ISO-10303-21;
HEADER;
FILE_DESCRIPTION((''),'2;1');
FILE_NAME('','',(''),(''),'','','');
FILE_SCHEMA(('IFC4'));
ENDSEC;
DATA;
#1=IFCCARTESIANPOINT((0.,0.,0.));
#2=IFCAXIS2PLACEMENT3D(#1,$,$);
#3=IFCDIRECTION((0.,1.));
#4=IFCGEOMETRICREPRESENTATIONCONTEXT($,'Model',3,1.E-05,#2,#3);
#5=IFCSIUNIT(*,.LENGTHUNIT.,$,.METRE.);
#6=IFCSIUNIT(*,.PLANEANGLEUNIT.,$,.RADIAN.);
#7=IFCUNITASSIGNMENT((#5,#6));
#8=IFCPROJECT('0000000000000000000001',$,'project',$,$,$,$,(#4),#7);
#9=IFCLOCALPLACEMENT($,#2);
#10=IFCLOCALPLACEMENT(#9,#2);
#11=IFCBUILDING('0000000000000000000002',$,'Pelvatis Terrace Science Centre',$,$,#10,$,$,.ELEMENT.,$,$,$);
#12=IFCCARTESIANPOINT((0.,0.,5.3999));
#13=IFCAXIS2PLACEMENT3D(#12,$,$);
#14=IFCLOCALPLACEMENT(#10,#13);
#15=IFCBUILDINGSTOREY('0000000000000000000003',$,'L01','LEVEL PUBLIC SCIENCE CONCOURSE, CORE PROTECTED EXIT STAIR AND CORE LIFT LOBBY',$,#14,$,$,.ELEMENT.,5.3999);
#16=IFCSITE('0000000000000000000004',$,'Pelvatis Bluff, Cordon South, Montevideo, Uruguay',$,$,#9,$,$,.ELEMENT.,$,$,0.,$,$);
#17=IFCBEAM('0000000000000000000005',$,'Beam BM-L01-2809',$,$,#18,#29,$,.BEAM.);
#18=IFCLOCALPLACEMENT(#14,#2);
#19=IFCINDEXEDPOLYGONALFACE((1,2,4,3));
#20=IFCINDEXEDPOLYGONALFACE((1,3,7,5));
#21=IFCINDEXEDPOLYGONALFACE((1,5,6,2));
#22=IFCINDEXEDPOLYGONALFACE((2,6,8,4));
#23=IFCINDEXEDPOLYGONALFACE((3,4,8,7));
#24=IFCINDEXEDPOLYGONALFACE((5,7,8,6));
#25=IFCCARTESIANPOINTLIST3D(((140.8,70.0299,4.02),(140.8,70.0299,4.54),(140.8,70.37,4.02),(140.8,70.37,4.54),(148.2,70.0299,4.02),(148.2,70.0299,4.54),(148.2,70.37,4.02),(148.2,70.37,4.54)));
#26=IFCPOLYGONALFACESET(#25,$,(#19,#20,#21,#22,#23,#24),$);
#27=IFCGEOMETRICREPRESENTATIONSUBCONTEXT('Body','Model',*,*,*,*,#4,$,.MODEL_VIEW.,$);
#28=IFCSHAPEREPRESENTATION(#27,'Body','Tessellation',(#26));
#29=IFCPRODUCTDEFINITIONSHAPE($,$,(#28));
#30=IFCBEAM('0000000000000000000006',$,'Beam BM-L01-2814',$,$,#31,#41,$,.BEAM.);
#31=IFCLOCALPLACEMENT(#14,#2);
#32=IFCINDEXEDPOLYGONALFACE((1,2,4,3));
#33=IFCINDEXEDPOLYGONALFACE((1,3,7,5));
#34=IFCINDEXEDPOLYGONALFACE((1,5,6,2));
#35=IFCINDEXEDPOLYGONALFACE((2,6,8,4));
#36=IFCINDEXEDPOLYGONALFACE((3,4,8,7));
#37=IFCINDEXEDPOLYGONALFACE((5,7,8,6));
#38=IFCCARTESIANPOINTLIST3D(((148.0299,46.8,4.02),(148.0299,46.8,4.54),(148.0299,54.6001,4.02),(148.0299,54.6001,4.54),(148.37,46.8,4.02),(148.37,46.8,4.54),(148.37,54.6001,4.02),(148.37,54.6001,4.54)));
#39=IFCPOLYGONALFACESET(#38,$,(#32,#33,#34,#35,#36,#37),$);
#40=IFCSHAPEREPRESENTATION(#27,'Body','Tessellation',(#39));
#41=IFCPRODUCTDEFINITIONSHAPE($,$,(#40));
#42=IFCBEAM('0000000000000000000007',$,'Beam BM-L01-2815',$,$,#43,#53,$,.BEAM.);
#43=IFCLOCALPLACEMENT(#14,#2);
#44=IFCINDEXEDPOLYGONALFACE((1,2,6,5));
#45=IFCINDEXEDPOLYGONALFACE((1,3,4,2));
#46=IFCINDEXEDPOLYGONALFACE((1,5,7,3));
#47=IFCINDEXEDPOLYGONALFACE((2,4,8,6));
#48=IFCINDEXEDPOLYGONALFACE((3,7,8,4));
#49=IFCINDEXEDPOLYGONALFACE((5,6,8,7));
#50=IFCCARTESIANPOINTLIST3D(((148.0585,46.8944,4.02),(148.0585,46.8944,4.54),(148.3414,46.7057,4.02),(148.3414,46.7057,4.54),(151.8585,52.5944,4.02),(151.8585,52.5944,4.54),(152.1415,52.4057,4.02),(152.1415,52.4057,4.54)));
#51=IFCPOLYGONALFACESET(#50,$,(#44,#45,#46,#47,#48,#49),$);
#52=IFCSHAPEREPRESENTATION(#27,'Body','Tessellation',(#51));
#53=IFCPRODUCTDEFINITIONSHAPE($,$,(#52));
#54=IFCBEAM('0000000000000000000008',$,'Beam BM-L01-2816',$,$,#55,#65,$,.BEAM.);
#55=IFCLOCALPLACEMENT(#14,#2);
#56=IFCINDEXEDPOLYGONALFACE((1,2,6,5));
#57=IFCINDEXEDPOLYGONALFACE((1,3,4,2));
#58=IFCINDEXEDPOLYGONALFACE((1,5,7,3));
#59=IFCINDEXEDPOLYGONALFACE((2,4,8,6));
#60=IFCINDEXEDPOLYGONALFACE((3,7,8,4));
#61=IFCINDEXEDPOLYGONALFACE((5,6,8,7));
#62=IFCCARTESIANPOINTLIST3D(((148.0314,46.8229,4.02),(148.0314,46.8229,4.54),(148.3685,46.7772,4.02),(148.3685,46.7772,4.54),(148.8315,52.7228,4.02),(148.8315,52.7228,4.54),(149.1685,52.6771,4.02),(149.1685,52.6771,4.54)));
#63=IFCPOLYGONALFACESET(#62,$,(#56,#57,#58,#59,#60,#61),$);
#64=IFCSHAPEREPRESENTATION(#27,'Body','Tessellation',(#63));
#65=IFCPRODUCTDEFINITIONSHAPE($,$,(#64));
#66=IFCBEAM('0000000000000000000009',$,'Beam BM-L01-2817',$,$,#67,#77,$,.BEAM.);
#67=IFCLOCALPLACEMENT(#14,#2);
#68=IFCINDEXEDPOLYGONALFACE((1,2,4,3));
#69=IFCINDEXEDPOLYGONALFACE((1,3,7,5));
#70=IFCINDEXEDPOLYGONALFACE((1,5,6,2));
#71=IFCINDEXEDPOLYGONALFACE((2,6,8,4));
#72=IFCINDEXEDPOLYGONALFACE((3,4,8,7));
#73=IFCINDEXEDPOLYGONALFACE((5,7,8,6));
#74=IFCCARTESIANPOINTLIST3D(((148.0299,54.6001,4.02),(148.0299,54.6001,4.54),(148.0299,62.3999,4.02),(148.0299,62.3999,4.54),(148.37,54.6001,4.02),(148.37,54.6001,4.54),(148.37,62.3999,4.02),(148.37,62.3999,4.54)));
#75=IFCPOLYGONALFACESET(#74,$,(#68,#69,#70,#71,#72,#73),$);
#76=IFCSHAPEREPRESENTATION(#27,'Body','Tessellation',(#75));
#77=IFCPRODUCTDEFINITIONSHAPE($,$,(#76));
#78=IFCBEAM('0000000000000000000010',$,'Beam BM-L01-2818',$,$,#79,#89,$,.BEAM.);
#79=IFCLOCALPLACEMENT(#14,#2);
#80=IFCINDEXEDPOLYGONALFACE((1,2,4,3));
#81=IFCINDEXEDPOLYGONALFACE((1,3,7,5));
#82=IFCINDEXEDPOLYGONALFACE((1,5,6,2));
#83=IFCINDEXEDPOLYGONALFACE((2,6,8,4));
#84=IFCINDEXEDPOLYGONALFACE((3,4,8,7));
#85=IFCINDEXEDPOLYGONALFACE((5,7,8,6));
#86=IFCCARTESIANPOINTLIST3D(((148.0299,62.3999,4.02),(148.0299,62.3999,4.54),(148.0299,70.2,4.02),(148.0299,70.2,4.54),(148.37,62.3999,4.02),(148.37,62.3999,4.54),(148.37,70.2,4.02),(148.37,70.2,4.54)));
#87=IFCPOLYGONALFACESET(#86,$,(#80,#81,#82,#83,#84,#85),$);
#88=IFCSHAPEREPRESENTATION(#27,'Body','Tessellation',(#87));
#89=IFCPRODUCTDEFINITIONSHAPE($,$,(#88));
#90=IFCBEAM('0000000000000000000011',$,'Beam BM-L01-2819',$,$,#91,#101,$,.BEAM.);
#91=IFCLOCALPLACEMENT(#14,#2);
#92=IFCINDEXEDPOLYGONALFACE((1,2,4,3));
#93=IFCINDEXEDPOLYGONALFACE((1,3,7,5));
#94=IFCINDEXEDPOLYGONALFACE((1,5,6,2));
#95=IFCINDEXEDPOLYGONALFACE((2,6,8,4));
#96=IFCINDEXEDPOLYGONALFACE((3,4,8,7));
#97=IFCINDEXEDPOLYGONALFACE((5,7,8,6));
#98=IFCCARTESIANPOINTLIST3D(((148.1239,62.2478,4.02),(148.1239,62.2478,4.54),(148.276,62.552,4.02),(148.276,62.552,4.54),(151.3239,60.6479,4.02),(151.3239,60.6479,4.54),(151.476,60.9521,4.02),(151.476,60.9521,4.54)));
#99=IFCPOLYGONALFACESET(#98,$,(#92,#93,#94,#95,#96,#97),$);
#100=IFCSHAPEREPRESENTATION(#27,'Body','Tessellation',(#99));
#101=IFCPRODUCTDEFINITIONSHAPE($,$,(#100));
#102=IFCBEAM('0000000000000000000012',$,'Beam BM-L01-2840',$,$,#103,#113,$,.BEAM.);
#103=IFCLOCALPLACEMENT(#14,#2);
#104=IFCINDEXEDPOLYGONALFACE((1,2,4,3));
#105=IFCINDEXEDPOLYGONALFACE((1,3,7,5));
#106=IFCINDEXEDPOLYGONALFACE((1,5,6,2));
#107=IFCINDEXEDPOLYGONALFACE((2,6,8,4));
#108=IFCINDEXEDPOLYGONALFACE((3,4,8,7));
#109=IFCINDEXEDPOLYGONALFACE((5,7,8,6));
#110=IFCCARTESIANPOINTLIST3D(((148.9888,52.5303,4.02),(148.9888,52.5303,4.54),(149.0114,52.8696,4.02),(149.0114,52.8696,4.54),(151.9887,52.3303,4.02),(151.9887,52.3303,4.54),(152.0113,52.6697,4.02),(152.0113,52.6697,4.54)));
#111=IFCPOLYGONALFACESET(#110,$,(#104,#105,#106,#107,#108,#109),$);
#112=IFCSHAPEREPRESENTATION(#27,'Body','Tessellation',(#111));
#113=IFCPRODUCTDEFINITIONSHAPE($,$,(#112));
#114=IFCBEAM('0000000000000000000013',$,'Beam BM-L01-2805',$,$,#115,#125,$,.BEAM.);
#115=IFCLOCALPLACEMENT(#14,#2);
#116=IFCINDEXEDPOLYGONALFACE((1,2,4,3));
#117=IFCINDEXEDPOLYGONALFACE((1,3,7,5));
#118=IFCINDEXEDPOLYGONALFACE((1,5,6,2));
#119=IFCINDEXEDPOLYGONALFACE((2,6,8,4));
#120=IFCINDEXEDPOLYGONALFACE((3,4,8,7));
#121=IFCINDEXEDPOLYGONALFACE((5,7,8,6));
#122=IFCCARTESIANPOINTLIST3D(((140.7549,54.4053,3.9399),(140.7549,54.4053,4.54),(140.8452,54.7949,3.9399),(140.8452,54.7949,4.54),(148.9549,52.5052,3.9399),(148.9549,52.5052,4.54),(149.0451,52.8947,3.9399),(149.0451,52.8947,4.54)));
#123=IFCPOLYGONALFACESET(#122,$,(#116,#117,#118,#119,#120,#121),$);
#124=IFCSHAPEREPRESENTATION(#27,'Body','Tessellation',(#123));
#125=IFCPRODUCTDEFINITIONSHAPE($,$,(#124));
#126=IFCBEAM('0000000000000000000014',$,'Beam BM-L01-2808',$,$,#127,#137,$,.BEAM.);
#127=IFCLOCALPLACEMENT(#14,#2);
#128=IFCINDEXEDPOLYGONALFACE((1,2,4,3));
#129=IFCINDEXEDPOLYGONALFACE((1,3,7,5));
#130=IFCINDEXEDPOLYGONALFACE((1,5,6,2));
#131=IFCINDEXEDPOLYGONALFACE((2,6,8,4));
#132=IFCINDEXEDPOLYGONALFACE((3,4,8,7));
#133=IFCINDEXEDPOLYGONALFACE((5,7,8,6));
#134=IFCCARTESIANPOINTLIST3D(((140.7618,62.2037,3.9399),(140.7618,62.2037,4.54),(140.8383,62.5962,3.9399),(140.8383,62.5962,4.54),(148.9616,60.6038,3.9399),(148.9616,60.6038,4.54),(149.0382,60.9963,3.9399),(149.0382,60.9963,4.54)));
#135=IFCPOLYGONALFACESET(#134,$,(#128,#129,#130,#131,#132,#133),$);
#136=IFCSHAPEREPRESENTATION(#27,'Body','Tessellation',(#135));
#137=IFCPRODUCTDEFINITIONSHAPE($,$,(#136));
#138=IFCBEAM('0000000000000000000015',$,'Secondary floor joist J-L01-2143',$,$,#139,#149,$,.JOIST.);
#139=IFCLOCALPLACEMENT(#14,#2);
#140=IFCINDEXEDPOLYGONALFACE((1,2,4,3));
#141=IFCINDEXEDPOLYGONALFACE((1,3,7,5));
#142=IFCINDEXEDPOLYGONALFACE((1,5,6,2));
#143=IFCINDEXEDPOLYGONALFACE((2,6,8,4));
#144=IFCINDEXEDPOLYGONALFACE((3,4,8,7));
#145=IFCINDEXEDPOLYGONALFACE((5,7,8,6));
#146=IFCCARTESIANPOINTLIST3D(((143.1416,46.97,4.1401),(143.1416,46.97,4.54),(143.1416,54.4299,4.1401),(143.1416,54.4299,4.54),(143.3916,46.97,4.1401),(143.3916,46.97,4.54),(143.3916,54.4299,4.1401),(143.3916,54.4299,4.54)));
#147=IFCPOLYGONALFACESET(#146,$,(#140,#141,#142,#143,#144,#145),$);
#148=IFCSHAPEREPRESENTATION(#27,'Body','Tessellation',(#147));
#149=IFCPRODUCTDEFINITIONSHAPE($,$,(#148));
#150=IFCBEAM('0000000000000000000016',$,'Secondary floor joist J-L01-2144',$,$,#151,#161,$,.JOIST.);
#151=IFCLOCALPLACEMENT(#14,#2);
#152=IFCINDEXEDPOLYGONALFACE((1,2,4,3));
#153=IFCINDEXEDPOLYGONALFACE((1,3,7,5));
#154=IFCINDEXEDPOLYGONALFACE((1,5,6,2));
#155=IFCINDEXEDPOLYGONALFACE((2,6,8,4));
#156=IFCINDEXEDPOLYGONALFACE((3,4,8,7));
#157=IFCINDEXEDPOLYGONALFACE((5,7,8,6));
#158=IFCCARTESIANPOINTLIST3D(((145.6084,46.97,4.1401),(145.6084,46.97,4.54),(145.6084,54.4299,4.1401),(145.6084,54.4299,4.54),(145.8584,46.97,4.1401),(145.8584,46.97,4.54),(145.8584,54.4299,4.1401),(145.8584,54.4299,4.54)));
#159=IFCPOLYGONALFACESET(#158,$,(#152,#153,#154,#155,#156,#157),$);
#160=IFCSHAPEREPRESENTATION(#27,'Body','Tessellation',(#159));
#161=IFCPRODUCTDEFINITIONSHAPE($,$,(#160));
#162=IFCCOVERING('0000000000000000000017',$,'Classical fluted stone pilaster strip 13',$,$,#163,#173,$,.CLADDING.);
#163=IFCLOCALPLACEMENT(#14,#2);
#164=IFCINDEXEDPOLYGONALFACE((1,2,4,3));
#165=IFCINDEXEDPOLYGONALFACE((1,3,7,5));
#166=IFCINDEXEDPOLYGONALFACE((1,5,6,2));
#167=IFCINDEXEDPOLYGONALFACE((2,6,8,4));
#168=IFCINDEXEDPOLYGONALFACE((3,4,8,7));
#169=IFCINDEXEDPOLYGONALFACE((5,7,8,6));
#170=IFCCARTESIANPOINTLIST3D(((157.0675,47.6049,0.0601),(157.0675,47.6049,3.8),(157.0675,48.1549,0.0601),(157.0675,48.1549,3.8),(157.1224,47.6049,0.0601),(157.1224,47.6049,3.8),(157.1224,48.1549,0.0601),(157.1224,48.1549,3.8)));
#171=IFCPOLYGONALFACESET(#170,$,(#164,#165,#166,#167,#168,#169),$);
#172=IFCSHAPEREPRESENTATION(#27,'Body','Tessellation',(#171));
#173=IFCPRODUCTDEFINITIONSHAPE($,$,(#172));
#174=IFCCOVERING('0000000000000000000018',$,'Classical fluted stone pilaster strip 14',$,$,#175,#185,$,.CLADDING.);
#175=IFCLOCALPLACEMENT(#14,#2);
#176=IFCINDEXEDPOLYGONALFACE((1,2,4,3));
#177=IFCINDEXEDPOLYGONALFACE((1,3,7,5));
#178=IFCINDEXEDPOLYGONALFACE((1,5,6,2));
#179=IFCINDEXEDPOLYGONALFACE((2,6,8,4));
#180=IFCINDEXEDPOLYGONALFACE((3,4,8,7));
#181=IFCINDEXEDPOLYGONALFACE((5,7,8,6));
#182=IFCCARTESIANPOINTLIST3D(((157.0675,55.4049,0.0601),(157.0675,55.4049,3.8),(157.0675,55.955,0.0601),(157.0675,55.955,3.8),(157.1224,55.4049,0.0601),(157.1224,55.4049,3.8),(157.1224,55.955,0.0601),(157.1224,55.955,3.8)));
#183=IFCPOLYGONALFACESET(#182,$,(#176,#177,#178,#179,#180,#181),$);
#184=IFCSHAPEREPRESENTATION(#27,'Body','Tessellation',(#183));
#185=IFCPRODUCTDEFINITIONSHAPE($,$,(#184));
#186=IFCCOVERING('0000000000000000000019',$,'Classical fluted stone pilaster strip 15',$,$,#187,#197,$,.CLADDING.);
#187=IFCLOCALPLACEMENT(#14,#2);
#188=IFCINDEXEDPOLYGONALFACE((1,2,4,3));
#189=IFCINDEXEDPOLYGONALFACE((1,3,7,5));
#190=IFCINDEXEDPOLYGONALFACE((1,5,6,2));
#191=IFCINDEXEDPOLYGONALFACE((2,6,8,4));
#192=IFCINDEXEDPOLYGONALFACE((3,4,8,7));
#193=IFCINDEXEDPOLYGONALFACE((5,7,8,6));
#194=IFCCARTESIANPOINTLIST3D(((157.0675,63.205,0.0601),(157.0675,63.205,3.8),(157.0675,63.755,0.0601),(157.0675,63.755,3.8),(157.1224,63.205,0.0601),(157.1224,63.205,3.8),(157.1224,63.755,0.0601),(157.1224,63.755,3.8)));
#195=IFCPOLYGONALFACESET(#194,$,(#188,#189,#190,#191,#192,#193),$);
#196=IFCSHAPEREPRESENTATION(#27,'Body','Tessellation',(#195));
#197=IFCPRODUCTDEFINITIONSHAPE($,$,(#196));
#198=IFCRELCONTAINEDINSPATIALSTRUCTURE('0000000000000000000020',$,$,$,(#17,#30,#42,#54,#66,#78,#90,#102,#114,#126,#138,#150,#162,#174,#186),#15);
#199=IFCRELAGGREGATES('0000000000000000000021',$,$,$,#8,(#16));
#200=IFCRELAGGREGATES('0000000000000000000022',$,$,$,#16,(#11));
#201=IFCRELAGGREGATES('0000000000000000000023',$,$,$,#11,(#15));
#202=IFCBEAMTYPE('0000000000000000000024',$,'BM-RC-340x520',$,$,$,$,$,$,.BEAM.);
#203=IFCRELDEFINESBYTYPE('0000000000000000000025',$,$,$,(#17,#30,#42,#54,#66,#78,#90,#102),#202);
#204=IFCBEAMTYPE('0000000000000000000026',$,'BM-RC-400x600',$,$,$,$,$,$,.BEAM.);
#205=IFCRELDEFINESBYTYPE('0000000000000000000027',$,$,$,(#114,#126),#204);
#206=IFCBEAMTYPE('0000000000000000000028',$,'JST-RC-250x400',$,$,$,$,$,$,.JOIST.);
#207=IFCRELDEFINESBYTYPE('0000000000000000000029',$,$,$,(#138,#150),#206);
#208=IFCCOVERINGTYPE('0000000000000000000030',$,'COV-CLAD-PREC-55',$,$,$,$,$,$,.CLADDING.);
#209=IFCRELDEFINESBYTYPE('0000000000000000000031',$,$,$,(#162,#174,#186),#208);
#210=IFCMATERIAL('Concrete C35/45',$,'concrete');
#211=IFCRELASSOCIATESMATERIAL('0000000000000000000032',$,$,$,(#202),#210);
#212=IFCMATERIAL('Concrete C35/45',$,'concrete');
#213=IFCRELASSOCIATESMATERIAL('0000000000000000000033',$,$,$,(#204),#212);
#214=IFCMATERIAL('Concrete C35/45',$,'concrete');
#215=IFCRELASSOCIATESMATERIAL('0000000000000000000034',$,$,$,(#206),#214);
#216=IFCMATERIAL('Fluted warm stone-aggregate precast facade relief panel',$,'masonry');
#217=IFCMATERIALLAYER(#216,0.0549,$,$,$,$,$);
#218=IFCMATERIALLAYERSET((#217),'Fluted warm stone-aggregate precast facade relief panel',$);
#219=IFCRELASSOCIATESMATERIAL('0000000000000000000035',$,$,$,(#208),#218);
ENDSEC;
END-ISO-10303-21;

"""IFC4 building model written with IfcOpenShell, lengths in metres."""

from ifc_helpers import new_model, si_unit, direction, frame, origin, origin_2d, place, context, subcontext, project, spatial, rectangle, extrude, material, layer, layer_set, material_profile, profile_set, type_object, element, save


model = new_model("IFC4")

# Units and contexts
model_context = context("Model", 3, precision=1e-05, world=origin(), true_north=direction((0.0, 1.0)))
body_context = subcontext(model_context, "Body", "Model", "MODEL_VIEW")
ifc_project = project(units=[si_unit("LENGTHUNIT", "METRE"), si_unit("PLANEANGLEUNIT", "RADIAN")], contexts=[model_context])

# Site, building, storey
site_placement = place(None, origin())
site = spatial("IfcSite", under=ifc_project, at=site_placement, Name="Pelvatis Bluff, Cordon South, Montevideo, Uruguay", CompositionType="ELEMENT", RefElevation=0.0)
building_placement = place(site_placement, origin())
building = spatial("IfcBuilding", under=site, at=building_placement, Name="Pelvatis Terrace Science Centre", CompositionType="ELEMENT")
storey_placement = place(building_placement, frame((0.0, 0.0, 5.3999)))
storey = spatial("IfcBuildingStorey", under=building, at=storey_placement, Name="L01", Description="LEVEL PUBLIC SCIENCE CONCOURSE, CORE PROTECTED EXIT STAIR AND CORE LIFT LOBBY", CompositionType="ELEMENT", Elevation=5.3999)

# Beams
ifc_material_1 = material(Name="Concrete C35/45", Category="concrete")
ifc_material_profile_1 = material_profile(ifc_material_1, rectangle(XDim=0.3401, YDim=0.52, at=origin_2d()), Name="RC-BM 340x520")
ifc_profile_set_1 = profile_set([ifc_material_profile_1], Name="Concrete C35/45")
beam_type_1 = type_object("IfcBeamType", Name="BM-RC-340x520", PredefinedType="BEAM", material=ifc_profile_set_1)
for number, where, z_axis, x_axis, name in (
    (1, (140.8, 70.2, 4.28), (1.0, 0.0, 0.0), (0.0, 1.0, 0.0), "Beam BM-L01-2809"),
):
    element("IfcBeam", number, at=place(storey_placement, frame(where, z_axis=z_axis, x_axis=x_axis)), inside=storey, type_object=beam_type_1, Name=name, PredefinedType="BEAM", context=body_context, shape_type="SweptSolid", body=[
        extrude(rectangle(XDim=0.3401, YDim=0.52, at=origin_2d()), origin(), (0.0, 0.0, 1.0), 7.3999),
    ])
beam_1_placement = place(storey_placement, frame((148.2, 46.8, 4.28), z_axis=(0.0, 1.0, 0.0), x_axis=(-1.0, 0.0, 0.0)))
element("IfcBeam", 2, at=beam_1_placement, inside=storey, type_object=beam_type_1, Name="Beam BM-L01-2814", PredefinedType="BEAM", context=body_context, shape_type="SweptSolid", body=[
    extrude(rectangle(XDim=0.3401, YDim=0.52, at=origin_2d()), origin(), (0.0, 0.0, 1.0), 7.8),
])
beam_2_placement = place(storey_placement, frame((148.2, 46.8, 4.28), z_axis=(0.554708, 0.832045, 0.0), x_axis=(-0.832045, 0.554708, 0.0)))
element("IfcBeam", 3, at=beam_2_placement, inside=storey, type_object=beam_type_1, Name="Beam BM-L01-2815", PredefinedType="BEAM", context=body_context, shape_type="SweptSolid", body=[
    extrude(rectangle(XDim=0.3401, YDim=0.52, at=origin_2d()), origin(), (0.0, 0.0, 1.0), 6.8506),
])
beam_3_placement = place(storey_placement, frame((148.2, 46.8, 4.28), z_axis=(0.134374, 0.990931, 0.0), x_axis=(-0.990931, 0.134374, 0.0)))
element("IfcBeam", 4, at=beam_3_placement, inside=storey, type_object=beam_type_1, Name="Beam BM-L01-2816", PredefinedType="BEAM", context=body_context, shape_type="SweptSolid", body=[
    extrude(rectangle(XDim=0.3401, YDim=0.52, at=origin_2d()), origin(), (0.0, 0.0, 1.0), 5.9539),
])
beam_4_placement = place(storey_placement, frame((148.2, 54.6001, 4.28), z_axis=(0.0, 1.0, 0.0), x_axis=(-1.0, 0.0, 0.0)))
element("IfcBeam", 5, at=beam_4_placement, inside=storey, type_object=beam_type_1, Name="Beam BM-L01-2817", PredefinedType="BEAM", context=body_context, shape_type="SweptSolid", body=[
    extrude(rectangle(XDim=0.3401, YDim=0.52, at=origin_2d()), origin(), (0.0, 0.0, 1.0), 7.7998),
])
beam_5_placement = place(storey_placement, frame((148.2, 62.3999, 4.28), z_axis=(0.0, 1.0, 0.0), x_axis=(-1.0, 0.0, 0.0)))
element("IfcBeam", 6, at=beam_5_placement, inside=storey, type_object=beam_type_1, Name="Beam BM-L01-2818", PredefinedType="BEAM", context=body_context, shape_type="SweptSolid", body=[
    extrude(rectangle(XDim=0.3401, YDim=0.52, at=origin_2d()), origin(), (0.0, 0.0, 1.0), 7.8),
])
beam_6_placement = place(storey_placement, frame((148.2, 62.3999, 4.28), z_axis=(0.894441, -0.447186, 0.0), x_axis=(0.447186, 0.894441, 0.0)))
element("IfcBeam", 7, at=beam_6_placement, inside=storey, type_object=beam_type_1, Name="Beam BM-L01-2819", PredefinedType="BEAM", context=body_context, shape_type="SweptSolid", body=[
    extrude(rectangle(XDim=0.3401, YDim=0.52, at=origin_2d()), origin(), (0.0, 0.0, 1.0), 3.5776),
])
beam_7_placement = place(storey_placement, frame((152.0, 52.5, 4.28), z_axis=(-0.997786, 0.066503, 0.0), x_axis=(-0.066503, -0.997786, 0.0)))
element("IfcBeam", 8, at=beam_7_placement, inside=storey, type_object=beam_type_1, Name="Beam BM-L01-2840", PredefinedType="BEAM", context=body_context, shape_type="SweptSolid", body=[
    extrude(rectangle(XDim=0.3401, YDim=0.52, at=origin_2d()), origin(), (0.0, 0.0, 1.0), 3.0066),
])
ifc_material_2 = material(Name="Concrete C35/45", Category="concrete")
ifc_material_profile_2 = material_profile(ifc_material_2, rectangle(XDim=0.3999, YDim=0.6001, at=origin_2d()), Name="RC-BM 400x600")
ifc_profile_set_2 = profile_set([ifc_material_profile_2], Name="Concrete C35/45")
beam_type_2 = type_object("IfcBeamType", Name="BM-RC-400x600", PredefinedType="BEAM", material=ifc_profile_set_2)
beam_8_placement = place(storey_placement, frame((140.8, 54.6001, 4.24), z_axis=(0.974186, -0.225745, 0.0), x_axis=(0.225745, 0.974186, 0.0)))
element("IfcBeam", 9, at=beam_8_placement, inside=storey, type_object=beam_type_2, Name="Beam BM-L01-2805", PredefinedType="BEAM", context=body_context, shape_type="SweptSolid", body=[
    extrude(rectangle(XDim=0.3999, YDim=0.6001, at=origin_2d()), origin(), (0.0, 0.0, 1.0), 8.4172),
])
beam_9_placement = place(storey_placement, frame((140.8, 62.3999, 4.24), z_axis=(0.981494, -0.191495, 0.0), x_axis=(0.191495, 0.981494, 0.0)))
element("IfcBeam", 10, at=beam_9_placement, inside=storey, type_object=beam_type_2, Name="Beam BM-L01-2808", PredefinedType="BEAM", context=body_context, shape_type="SweptSolid", body=[
    extrude(rectangle(XDim=0.3999, YDim=0.6001, at=origin_2d()), origin(), (0.0, 0.0, 1.0), 8.3545),
])
ifc_material_3 = material(Name="Concrete C35/45", Category="concrete")
ifc_material_profile_3 = material_profile(ifc_material_3, rectangle(XDim=0.25, YDim=0.3999, at=origin_2d()), Name="RC-JST 250x400")
ifc_profile_set_3 = profile_set([ifc_material_profile_3], Name="Concrete C35/45")
beam_type_3 = type_object("IfcBeamType", Name="JST-RC-250x400", PredefinedType="JOIST", material=ifc_profile_set_3)
for number, where, z_axis, x_axis, name in (
    (11, (143.2666, 46.97, 4.3401), (0.0, 1.0, 0.0), (-1.0, 0.0, 0.0), "Secondary floor joist J-L01-2143"),
    (12, (145.7334, 46.97, 4.3401), (0.0, 1.0, 0.0), (-1.0, 0.0, 0.0), "Secondary floor joist J-L01-2144"),
):
    element("IfcBeam", number, at=place(storey_placement, frame(where, z_axis=z_axis, x_axis=x_axis)), inside=storey, type_object=beam_type_3, Name=name, PredefinedType="JOIST", context=body_context, shape_type="SweptSolid", body=[
        extrude(rectangle(XDim=0.25, YDim=0.3999, at=origin_2d()), origin(), (0.0, 0.0, 1.0), 7.46),
    ])

# Coverings
ifc_material_4 = material(Name="Fluted warm stone-aggregate precast facade relief panel", Category="masonry")
ifc_layer = layer(ifc_material_4, 0.0549)
ifc_layer_set = layer_set([ifc_layer], Name="Fluted warm stone-aggregate precast facade relief panel")
covering_type = type_object("IfcCoveringType", Name="COV-CLAD-PREC-55", PredefinedType="CLADDING", material=ifc_layer_set)
for number, where, z_axis, x_axis, name in (
    (13, (157.095, 47.8799, 0.0601), (0.0, 0.0, 1.0), (1.0, 0.0, 0.0), "Classical fluted stone pilaster strip 13"),
    (14, (157.095, 55.6799, 0.0601), (0.0, 0.0, 1.0), (1.0, 0.0, 0.0), "Classical fluted stone pilaster strip 14"),
    (15, (157.095, 63.48, 0.0601), (0.0, 0.0, 1.0), (1.0, 0.0, 0.0), "Classical fluted stone pilaster strip 15"),
):
    element("IfcCovering", number, at=place(storey_placement, frame(where, z_axis=z_axis, x_axis=x_axis)), inside=storey, type_object=covering_type, Name=name, PredefinedType="CLADDING", context=body_context, shape_type="SweptSolid", body=[
        extrude(rectangle(XDim=0.0549, YDim=0.55, at=origin_2d()), origin(), (0.0, 0.0, 1.0), 3.74),
    ])

save(model, "model.ifc")
